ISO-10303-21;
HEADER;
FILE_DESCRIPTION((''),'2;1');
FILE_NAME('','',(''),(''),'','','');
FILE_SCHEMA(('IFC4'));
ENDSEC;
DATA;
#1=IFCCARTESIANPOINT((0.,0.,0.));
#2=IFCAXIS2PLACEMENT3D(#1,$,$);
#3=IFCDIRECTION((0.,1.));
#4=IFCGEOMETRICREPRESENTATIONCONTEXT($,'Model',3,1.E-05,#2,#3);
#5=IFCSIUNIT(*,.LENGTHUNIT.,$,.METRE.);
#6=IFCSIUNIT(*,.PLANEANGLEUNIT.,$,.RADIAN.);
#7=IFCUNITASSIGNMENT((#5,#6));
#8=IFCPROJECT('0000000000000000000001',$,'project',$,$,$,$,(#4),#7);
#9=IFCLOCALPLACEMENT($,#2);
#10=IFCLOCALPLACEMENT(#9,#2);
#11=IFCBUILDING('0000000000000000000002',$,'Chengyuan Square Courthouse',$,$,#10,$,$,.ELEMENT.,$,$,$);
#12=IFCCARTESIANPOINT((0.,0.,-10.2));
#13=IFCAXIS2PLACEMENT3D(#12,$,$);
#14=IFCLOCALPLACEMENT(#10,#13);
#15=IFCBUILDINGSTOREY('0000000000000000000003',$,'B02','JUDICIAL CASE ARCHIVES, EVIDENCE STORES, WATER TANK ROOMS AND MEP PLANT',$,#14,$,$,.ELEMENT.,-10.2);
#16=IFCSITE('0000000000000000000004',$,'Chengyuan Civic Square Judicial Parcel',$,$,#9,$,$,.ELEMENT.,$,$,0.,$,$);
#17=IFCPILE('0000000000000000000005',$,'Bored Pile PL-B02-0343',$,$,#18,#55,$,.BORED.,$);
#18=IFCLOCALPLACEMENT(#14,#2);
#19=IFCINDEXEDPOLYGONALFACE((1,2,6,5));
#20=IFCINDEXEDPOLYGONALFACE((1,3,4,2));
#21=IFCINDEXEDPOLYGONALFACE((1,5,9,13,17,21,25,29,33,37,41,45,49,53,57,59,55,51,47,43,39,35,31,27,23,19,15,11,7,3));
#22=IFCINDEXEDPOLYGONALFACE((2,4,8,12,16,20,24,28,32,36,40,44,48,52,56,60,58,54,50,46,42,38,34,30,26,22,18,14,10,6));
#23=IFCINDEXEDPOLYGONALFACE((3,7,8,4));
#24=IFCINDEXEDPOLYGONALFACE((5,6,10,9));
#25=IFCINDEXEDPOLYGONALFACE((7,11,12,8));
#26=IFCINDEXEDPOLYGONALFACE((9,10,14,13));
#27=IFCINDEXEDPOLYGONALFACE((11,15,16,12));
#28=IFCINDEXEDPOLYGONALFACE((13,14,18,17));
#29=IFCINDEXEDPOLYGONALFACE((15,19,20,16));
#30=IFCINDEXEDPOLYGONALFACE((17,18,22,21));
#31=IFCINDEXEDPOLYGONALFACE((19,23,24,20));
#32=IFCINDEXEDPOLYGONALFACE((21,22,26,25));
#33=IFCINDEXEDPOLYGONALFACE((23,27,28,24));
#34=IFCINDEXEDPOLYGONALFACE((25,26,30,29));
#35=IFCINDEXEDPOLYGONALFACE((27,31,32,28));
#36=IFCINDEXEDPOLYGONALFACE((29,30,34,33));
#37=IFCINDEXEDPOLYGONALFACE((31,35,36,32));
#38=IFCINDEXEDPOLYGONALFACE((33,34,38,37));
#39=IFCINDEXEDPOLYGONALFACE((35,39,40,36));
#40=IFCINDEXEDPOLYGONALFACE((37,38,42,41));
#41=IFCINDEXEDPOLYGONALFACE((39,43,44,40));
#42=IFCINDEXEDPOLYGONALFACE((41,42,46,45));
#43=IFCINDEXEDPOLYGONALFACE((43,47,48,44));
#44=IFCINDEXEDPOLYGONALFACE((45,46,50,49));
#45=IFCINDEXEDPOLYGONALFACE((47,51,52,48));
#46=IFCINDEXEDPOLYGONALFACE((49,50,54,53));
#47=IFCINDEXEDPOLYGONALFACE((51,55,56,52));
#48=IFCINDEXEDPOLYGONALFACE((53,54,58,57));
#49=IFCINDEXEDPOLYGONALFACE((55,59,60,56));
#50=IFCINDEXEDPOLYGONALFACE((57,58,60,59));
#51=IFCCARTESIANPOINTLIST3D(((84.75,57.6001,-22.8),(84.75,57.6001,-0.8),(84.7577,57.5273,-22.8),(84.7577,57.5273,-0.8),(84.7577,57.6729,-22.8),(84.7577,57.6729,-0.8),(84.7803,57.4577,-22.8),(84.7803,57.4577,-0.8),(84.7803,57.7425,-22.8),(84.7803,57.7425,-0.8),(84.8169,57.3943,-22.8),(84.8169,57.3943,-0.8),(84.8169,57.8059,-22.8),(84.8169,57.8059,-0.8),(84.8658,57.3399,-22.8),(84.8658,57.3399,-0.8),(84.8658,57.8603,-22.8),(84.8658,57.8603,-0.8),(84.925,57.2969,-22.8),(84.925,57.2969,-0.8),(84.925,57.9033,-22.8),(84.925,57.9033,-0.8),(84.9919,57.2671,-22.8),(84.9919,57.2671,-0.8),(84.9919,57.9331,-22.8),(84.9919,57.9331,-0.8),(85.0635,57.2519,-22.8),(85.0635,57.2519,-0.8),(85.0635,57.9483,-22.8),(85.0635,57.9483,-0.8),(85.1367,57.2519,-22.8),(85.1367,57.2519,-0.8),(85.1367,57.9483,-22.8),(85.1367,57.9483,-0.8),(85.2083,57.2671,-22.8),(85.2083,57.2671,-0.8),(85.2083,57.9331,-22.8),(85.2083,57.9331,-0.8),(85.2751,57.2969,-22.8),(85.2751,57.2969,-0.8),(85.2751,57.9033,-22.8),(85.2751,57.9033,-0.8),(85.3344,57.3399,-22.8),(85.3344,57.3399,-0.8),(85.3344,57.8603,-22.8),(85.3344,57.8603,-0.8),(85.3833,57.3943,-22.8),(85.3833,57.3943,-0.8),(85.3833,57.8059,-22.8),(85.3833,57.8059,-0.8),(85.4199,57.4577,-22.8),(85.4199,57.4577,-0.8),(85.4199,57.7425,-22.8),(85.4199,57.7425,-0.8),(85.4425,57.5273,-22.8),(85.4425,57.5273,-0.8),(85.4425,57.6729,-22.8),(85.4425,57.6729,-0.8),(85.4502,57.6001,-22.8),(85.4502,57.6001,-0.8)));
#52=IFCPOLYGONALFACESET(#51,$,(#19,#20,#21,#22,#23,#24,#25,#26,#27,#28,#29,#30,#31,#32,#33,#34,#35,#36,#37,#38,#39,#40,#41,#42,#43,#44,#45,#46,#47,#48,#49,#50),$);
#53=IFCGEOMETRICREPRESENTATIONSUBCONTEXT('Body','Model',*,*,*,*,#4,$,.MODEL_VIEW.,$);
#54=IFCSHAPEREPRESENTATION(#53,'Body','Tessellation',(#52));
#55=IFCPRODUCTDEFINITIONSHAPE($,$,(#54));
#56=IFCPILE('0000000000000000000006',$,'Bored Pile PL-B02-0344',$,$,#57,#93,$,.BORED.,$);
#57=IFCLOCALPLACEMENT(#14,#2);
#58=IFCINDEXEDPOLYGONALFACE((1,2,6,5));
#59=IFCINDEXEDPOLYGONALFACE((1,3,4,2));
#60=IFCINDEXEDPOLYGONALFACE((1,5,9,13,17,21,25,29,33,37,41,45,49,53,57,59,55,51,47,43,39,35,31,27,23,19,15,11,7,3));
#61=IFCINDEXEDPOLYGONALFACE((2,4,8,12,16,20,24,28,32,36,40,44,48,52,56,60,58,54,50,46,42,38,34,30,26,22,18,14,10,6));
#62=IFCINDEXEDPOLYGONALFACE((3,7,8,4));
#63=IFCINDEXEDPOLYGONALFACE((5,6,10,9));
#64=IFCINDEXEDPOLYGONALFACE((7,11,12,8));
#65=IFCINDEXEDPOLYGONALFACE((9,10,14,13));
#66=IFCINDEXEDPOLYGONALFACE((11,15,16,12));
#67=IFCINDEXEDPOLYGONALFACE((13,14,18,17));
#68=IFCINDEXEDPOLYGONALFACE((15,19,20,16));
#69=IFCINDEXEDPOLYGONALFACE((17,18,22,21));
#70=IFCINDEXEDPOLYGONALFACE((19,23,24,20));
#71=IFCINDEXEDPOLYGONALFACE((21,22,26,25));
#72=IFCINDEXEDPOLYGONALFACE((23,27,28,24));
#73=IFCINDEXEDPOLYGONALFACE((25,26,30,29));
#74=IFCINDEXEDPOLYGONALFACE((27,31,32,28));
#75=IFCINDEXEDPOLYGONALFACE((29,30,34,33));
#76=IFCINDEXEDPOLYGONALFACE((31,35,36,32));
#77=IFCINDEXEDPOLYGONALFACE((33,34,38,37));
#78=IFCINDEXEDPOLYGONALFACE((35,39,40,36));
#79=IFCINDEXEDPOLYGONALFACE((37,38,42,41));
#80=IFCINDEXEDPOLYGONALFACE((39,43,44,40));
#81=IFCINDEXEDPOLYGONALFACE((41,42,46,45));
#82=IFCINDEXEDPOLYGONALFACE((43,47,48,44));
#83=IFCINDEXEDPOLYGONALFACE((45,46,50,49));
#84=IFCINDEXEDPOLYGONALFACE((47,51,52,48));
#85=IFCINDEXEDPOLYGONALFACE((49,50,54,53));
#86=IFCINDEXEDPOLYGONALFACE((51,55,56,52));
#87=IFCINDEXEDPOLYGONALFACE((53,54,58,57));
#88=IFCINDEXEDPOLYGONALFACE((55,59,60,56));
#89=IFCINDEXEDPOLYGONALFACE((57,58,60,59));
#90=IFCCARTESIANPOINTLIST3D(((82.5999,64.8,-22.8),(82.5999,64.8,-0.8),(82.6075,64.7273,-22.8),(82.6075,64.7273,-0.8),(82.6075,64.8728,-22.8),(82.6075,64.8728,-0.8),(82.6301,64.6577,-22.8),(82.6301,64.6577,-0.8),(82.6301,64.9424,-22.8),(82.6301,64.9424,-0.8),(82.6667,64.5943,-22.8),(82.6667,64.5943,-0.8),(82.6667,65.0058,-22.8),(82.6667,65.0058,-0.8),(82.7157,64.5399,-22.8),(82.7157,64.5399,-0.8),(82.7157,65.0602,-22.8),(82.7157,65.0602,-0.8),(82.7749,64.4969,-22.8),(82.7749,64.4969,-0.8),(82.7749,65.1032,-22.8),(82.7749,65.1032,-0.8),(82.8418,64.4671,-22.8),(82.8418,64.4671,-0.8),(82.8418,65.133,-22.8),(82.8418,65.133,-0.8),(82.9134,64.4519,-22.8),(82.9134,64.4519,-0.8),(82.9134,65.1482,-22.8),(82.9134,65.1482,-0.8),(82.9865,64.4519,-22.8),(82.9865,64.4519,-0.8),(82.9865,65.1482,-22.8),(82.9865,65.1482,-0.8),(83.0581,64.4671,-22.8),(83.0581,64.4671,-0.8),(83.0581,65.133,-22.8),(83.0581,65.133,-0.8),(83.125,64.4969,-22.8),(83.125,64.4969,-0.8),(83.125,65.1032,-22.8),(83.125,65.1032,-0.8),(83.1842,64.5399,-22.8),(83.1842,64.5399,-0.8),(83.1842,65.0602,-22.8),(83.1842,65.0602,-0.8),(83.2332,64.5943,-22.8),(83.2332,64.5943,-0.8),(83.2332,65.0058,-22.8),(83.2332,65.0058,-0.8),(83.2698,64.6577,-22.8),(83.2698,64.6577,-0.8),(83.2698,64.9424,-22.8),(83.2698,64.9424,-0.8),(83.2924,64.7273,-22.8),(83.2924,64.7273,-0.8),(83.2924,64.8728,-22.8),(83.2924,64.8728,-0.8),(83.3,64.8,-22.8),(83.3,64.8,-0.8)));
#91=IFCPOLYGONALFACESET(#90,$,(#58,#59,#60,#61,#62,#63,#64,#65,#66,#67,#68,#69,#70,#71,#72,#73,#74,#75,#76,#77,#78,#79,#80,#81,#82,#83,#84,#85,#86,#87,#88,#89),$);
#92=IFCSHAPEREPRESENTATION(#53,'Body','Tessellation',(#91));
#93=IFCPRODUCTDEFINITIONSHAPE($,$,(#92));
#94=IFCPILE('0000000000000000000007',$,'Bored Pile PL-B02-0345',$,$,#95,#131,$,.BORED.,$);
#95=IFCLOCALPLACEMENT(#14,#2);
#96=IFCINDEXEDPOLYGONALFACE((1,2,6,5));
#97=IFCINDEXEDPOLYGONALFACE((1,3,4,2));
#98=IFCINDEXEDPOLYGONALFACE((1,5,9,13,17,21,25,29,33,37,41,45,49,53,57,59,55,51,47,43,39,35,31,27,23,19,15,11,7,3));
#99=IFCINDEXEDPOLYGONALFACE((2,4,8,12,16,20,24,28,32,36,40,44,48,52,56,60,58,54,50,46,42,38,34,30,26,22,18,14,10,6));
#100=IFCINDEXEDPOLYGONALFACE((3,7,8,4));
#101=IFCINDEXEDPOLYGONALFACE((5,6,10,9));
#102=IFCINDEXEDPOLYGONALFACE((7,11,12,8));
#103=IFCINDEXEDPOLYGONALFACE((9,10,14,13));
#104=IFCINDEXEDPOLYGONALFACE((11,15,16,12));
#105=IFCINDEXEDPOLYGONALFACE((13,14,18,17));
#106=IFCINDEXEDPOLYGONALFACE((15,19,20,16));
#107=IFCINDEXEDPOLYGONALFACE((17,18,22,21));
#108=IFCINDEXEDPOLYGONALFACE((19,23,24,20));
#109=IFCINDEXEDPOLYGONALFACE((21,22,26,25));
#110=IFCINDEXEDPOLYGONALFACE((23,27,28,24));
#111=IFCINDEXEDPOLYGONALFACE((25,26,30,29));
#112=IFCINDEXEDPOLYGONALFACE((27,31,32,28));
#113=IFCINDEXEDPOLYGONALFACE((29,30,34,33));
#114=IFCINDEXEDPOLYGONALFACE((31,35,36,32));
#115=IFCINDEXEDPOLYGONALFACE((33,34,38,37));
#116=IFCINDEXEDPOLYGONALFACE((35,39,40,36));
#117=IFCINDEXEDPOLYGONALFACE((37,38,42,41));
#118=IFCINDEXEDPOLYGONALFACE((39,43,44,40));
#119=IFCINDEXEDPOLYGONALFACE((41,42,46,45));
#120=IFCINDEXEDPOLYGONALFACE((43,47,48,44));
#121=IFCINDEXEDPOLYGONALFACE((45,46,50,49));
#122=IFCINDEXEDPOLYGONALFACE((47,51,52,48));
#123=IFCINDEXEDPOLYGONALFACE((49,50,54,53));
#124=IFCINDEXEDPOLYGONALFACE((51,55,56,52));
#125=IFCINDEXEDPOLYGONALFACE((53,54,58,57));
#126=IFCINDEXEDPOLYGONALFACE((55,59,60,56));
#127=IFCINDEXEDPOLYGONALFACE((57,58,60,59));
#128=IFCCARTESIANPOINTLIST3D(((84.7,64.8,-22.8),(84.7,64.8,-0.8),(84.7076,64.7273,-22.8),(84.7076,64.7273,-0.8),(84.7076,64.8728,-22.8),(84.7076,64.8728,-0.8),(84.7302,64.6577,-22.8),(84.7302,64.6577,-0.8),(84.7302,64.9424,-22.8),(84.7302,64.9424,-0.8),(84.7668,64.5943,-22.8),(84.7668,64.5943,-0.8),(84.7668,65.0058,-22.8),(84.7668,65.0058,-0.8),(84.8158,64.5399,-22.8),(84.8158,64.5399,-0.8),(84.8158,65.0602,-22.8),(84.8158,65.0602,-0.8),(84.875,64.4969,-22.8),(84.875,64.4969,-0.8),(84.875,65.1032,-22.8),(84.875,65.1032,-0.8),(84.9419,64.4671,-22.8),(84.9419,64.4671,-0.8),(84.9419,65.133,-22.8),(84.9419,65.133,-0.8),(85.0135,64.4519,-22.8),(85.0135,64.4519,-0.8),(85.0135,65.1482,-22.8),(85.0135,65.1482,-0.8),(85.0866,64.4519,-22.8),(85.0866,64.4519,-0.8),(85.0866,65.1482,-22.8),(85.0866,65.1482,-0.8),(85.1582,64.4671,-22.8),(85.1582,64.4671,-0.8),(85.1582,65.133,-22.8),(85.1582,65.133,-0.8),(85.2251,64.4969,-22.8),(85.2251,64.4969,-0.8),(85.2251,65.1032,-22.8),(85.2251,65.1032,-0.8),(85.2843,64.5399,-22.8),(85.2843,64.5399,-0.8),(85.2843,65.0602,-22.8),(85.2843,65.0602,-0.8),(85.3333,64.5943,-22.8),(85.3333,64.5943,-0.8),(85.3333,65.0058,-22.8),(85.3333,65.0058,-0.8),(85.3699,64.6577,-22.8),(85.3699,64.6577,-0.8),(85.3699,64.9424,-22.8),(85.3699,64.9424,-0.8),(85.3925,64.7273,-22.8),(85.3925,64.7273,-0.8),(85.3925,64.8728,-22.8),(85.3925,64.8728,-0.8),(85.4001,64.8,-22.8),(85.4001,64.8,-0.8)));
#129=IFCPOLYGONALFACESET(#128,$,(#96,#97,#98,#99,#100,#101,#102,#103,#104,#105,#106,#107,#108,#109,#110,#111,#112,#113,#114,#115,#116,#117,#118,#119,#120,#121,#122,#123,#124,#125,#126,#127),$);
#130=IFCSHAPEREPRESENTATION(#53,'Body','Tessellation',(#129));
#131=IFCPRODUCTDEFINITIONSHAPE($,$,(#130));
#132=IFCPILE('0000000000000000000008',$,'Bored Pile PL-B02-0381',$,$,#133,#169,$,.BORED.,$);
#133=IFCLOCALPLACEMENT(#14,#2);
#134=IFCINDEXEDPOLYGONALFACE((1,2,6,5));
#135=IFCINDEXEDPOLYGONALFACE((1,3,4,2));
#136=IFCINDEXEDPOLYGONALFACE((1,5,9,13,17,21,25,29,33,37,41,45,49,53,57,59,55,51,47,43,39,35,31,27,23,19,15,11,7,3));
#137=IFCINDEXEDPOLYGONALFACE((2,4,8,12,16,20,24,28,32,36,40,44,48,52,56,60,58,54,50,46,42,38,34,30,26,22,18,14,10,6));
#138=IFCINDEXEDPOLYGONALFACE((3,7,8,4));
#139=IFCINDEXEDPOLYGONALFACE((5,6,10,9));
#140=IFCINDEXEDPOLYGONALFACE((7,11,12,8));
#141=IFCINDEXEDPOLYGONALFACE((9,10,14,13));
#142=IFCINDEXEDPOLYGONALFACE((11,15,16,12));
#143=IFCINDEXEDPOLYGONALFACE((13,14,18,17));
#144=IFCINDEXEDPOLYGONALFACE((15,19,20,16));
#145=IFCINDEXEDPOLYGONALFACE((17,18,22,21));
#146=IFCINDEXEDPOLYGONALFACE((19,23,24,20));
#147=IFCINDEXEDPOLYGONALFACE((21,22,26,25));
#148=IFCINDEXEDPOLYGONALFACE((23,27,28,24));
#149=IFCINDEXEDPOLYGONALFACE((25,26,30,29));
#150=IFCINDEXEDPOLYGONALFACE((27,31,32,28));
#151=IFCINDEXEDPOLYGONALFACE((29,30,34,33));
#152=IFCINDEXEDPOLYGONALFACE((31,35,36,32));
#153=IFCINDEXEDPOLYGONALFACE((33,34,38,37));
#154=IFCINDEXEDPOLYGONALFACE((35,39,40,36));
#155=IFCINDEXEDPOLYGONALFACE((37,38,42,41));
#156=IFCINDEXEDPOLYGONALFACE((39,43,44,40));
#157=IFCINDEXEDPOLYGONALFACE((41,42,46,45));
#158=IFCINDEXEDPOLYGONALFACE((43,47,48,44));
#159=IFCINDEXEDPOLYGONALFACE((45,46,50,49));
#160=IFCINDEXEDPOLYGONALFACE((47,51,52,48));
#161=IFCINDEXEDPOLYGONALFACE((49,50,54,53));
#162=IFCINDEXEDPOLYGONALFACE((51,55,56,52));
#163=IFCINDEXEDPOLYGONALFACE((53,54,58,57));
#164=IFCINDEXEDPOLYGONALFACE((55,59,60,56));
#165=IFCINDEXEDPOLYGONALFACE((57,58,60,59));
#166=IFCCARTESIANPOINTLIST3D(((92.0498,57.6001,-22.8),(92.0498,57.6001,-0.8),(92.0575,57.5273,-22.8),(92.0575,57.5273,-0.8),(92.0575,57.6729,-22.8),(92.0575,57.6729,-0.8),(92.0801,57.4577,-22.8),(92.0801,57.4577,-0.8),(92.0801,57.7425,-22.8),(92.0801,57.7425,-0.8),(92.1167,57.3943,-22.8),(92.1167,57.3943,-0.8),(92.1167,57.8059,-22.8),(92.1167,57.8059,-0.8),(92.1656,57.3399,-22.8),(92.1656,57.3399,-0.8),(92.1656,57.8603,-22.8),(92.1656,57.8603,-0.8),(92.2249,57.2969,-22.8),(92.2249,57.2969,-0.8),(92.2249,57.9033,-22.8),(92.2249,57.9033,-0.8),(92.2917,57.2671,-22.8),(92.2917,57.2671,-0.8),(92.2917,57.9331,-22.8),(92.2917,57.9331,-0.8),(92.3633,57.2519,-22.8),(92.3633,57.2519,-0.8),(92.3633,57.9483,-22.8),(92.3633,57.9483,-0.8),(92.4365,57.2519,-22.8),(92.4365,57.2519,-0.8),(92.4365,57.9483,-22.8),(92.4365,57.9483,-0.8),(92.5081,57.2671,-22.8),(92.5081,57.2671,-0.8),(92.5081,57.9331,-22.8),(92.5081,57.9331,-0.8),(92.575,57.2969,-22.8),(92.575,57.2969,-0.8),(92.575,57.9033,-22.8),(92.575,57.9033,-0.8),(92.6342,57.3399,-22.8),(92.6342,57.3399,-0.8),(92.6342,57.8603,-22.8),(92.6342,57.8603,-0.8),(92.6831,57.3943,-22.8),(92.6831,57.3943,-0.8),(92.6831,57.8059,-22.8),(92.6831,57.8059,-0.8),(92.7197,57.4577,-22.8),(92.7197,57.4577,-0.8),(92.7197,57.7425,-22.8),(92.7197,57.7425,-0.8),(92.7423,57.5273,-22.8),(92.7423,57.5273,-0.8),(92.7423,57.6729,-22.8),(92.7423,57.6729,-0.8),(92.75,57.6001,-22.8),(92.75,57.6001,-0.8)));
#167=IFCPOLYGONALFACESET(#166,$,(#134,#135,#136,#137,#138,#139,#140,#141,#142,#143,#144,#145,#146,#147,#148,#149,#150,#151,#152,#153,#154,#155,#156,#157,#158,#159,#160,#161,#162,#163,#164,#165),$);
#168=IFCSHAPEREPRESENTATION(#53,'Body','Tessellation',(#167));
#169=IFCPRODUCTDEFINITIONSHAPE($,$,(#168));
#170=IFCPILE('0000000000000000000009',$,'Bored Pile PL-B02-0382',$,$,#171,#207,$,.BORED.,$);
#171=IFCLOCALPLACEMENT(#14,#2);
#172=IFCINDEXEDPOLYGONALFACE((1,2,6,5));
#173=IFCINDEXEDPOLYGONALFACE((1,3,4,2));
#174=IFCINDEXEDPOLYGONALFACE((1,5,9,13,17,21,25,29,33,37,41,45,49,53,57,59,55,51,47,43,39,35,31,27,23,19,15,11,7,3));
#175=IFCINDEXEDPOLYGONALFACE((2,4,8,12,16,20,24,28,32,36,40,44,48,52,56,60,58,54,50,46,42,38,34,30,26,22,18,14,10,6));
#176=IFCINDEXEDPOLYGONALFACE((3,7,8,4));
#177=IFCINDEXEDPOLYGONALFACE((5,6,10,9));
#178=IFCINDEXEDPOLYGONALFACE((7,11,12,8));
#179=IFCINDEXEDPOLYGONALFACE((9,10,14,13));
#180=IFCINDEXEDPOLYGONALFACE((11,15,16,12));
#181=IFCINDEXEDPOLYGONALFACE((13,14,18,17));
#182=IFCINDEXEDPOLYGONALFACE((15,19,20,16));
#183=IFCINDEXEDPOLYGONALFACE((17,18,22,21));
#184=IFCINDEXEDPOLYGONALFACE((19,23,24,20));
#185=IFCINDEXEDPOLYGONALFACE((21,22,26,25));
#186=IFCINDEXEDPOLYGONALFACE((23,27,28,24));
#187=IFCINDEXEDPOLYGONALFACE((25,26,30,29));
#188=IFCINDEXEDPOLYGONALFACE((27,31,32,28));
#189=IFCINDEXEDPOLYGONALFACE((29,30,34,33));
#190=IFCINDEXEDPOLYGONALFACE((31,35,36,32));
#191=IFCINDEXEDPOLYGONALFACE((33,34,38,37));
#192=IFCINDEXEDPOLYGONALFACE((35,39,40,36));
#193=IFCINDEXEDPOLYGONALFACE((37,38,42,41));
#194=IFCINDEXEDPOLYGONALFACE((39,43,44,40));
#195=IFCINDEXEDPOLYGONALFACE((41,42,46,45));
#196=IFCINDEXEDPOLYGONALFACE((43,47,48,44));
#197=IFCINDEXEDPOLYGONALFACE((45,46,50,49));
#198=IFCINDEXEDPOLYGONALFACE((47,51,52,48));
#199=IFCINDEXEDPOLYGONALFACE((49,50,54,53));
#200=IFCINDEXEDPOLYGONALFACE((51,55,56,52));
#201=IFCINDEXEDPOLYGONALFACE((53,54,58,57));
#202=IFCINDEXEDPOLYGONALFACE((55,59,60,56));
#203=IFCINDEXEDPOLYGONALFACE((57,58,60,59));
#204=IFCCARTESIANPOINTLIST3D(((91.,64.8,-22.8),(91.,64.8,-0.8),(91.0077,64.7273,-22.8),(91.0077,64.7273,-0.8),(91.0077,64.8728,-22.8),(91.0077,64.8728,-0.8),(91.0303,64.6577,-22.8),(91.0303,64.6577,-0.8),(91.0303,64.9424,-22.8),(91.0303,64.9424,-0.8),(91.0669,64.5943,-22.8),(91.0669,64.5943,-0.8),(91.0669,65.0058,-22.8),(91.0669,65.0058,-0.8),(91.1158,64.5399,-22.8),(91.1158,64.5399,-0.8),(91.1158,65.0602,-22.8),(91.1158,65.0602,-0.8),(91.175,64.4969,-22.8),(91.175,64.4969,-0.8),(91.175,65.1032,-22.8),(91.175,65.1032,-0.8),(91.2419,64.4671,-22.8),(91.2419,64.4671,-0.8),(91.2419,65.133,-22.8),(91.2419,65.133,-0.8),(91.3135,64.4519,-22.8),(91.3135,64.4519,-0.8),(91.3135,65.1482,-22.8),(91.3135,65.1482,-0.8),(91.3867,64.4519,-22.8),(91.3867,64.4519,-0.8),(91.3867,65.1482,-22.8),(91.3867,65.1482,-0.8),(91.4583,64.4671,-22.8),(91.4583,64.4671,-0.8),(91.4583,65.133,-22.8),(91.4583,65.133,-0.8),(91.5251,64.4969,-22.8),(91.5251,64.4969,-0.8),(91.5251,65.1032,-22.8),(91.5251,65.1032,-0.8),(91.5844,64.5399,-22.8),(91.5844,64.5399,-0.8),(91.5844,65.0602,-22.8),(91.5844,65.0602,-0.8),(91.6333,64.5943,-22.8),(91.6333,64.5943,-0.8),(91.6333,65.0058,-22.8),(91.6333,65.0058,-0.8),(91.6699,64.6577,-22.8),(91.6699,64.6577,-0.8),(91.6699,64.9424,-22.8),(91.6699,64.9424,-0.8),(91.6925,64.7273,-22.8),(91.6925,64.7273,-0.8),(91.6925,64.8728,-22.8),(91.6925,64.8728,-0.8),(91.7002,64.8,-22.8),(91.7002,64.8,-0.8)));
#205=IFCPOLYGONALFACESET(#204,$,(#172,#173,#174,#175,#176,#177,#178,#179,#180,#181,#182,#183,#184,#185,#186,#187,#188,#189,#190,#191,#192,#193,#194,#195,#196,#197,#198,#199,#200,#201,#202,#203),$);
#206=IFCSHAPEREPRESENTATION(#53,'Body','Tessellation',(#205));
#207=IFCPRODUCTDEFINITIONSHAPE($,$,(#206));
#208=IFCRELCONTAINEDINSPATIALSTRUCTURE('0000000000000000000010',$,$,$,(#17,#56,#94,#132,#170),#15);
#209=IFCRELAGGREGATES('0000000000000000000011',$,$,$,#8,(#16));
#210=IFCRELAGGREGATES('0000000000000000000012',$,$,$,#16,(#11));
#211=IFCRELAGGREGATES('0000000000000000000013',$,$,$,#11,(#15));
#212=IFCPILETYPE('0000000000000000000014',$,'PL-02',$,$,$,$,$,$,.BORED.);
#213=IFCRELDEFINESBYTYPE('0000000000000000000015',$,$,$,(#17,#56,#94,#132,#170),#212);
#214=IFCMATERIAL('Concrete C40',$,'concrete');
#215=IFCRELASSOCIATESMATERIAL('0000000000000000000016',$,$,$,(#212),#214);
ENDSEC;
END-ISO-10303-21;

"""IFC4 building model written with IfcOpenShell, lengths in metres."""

from ifc_helpers import new_model, si_unit, direction, frame, origin, origin_2d, place, context, subcontext, project, spatial, circle, extrude, material, material_profile, profile_set, type_object, element, save


model = new_model("IFC4")

# Units and contexts
model_context = context("Model", 3, precision=1e-05, world=origin(), true_north=direction((0.0, 1.0)))
body_context = subcontext(model_context, "Body", "Model", "MODEL_VIEW")
ifc_project = project(units=[si_unit("LENGTHUNIT", "METRE"), si_unit("PLANEANGLEUNIT", "RADIAN")], contexts=[model_context])

# Site, building, storey
site_placement = place(None, origin())
site = spatial("IfcSite", under=ifc_project, at=site_placement, Name="Chengyuan Civic Square Judicial Parcel", CompositionType="ELEMENT", RefElevation=0.0)
building_placement = place(site_placement, origin())
building = spatial("IfcBuilding", under=site, at=building_placement, Name="Chengyuan Square Courthouse", CompositionType="ELEMENT")
storey_placement = place(building_placement, frame((0.0, 0.0, -10.2)))
storey = spatial("IfcBuildingStorey", under=building, at=storey_placement, Name="B02", Description="JUDICIAL CASE ARCHIVES, EVIDENCE STORES, WATER TANK ROOMS AND MEP PLANT", CompositionType="ELEMENT", Elevation=-10.2)

# Shared definitions
ifc_material_1 = material(Name="Concrete C40", Category="concrete")

# Piles
ifc_material_profile_1 = material_profile(ifc_material_1, circle(Radius=0.3501, at=origin_2d()), Name="BORED PILE D700")
ifc_profile_set_1 = profile_set([ifc_material_profile_1], Name="Concrete C40")
pile_type = type_object("IfcPileType", Name="PL-02", PredefinedType="BORED", material=ifc_profile_set_1)
for number, where, z_axis, x_axis, name in (
    (1, (85.1001, 57.6001, -0.8), (0.0, 0.0, -1.0), (1.0, 0.0, 0.0), "Bored Pile PL-B02-0343"),
    (2, (82.95, 64.8, -0.8), (0.0, 0.0, -1.0), (1.0, 0.0, 0.0), "Bored Pile PL-B02-0344"),
    (3, (85.05, 64.8, -0.8), (0.0, 0.0, -1.0), (1.0, 0.0, 0.0), "Bored Pile PL-B02-0345"),
    (4, (92.3999, 57.6001, -0.8), (0.0, 0.0, -1.0), (1.0, 0.0, 0.0), "Bored Pile PL-B02-0381"),
    (5, (91.3501, 64.8, -0.8), (0.0, 0.0, -1.0), (1.0, 0.0, 0.0), "Bored Pile PL-B02-0382"),
):
    element("IfcPile", number, at=place(storey_placement, frame(where, z_axis=z_axis, x_axis=x_axis)), inside=storey, type_object=pile_type, Name=name, PredefinedType="BORED", context=body_context, shape_type="SweptSolid", body=[
        extrude(circle(Radius=0.3501, at=origin_2d()), origin(), (0.0, 0.0, 1.0), 22.0),
    ])

save(model, "model.ifc")
